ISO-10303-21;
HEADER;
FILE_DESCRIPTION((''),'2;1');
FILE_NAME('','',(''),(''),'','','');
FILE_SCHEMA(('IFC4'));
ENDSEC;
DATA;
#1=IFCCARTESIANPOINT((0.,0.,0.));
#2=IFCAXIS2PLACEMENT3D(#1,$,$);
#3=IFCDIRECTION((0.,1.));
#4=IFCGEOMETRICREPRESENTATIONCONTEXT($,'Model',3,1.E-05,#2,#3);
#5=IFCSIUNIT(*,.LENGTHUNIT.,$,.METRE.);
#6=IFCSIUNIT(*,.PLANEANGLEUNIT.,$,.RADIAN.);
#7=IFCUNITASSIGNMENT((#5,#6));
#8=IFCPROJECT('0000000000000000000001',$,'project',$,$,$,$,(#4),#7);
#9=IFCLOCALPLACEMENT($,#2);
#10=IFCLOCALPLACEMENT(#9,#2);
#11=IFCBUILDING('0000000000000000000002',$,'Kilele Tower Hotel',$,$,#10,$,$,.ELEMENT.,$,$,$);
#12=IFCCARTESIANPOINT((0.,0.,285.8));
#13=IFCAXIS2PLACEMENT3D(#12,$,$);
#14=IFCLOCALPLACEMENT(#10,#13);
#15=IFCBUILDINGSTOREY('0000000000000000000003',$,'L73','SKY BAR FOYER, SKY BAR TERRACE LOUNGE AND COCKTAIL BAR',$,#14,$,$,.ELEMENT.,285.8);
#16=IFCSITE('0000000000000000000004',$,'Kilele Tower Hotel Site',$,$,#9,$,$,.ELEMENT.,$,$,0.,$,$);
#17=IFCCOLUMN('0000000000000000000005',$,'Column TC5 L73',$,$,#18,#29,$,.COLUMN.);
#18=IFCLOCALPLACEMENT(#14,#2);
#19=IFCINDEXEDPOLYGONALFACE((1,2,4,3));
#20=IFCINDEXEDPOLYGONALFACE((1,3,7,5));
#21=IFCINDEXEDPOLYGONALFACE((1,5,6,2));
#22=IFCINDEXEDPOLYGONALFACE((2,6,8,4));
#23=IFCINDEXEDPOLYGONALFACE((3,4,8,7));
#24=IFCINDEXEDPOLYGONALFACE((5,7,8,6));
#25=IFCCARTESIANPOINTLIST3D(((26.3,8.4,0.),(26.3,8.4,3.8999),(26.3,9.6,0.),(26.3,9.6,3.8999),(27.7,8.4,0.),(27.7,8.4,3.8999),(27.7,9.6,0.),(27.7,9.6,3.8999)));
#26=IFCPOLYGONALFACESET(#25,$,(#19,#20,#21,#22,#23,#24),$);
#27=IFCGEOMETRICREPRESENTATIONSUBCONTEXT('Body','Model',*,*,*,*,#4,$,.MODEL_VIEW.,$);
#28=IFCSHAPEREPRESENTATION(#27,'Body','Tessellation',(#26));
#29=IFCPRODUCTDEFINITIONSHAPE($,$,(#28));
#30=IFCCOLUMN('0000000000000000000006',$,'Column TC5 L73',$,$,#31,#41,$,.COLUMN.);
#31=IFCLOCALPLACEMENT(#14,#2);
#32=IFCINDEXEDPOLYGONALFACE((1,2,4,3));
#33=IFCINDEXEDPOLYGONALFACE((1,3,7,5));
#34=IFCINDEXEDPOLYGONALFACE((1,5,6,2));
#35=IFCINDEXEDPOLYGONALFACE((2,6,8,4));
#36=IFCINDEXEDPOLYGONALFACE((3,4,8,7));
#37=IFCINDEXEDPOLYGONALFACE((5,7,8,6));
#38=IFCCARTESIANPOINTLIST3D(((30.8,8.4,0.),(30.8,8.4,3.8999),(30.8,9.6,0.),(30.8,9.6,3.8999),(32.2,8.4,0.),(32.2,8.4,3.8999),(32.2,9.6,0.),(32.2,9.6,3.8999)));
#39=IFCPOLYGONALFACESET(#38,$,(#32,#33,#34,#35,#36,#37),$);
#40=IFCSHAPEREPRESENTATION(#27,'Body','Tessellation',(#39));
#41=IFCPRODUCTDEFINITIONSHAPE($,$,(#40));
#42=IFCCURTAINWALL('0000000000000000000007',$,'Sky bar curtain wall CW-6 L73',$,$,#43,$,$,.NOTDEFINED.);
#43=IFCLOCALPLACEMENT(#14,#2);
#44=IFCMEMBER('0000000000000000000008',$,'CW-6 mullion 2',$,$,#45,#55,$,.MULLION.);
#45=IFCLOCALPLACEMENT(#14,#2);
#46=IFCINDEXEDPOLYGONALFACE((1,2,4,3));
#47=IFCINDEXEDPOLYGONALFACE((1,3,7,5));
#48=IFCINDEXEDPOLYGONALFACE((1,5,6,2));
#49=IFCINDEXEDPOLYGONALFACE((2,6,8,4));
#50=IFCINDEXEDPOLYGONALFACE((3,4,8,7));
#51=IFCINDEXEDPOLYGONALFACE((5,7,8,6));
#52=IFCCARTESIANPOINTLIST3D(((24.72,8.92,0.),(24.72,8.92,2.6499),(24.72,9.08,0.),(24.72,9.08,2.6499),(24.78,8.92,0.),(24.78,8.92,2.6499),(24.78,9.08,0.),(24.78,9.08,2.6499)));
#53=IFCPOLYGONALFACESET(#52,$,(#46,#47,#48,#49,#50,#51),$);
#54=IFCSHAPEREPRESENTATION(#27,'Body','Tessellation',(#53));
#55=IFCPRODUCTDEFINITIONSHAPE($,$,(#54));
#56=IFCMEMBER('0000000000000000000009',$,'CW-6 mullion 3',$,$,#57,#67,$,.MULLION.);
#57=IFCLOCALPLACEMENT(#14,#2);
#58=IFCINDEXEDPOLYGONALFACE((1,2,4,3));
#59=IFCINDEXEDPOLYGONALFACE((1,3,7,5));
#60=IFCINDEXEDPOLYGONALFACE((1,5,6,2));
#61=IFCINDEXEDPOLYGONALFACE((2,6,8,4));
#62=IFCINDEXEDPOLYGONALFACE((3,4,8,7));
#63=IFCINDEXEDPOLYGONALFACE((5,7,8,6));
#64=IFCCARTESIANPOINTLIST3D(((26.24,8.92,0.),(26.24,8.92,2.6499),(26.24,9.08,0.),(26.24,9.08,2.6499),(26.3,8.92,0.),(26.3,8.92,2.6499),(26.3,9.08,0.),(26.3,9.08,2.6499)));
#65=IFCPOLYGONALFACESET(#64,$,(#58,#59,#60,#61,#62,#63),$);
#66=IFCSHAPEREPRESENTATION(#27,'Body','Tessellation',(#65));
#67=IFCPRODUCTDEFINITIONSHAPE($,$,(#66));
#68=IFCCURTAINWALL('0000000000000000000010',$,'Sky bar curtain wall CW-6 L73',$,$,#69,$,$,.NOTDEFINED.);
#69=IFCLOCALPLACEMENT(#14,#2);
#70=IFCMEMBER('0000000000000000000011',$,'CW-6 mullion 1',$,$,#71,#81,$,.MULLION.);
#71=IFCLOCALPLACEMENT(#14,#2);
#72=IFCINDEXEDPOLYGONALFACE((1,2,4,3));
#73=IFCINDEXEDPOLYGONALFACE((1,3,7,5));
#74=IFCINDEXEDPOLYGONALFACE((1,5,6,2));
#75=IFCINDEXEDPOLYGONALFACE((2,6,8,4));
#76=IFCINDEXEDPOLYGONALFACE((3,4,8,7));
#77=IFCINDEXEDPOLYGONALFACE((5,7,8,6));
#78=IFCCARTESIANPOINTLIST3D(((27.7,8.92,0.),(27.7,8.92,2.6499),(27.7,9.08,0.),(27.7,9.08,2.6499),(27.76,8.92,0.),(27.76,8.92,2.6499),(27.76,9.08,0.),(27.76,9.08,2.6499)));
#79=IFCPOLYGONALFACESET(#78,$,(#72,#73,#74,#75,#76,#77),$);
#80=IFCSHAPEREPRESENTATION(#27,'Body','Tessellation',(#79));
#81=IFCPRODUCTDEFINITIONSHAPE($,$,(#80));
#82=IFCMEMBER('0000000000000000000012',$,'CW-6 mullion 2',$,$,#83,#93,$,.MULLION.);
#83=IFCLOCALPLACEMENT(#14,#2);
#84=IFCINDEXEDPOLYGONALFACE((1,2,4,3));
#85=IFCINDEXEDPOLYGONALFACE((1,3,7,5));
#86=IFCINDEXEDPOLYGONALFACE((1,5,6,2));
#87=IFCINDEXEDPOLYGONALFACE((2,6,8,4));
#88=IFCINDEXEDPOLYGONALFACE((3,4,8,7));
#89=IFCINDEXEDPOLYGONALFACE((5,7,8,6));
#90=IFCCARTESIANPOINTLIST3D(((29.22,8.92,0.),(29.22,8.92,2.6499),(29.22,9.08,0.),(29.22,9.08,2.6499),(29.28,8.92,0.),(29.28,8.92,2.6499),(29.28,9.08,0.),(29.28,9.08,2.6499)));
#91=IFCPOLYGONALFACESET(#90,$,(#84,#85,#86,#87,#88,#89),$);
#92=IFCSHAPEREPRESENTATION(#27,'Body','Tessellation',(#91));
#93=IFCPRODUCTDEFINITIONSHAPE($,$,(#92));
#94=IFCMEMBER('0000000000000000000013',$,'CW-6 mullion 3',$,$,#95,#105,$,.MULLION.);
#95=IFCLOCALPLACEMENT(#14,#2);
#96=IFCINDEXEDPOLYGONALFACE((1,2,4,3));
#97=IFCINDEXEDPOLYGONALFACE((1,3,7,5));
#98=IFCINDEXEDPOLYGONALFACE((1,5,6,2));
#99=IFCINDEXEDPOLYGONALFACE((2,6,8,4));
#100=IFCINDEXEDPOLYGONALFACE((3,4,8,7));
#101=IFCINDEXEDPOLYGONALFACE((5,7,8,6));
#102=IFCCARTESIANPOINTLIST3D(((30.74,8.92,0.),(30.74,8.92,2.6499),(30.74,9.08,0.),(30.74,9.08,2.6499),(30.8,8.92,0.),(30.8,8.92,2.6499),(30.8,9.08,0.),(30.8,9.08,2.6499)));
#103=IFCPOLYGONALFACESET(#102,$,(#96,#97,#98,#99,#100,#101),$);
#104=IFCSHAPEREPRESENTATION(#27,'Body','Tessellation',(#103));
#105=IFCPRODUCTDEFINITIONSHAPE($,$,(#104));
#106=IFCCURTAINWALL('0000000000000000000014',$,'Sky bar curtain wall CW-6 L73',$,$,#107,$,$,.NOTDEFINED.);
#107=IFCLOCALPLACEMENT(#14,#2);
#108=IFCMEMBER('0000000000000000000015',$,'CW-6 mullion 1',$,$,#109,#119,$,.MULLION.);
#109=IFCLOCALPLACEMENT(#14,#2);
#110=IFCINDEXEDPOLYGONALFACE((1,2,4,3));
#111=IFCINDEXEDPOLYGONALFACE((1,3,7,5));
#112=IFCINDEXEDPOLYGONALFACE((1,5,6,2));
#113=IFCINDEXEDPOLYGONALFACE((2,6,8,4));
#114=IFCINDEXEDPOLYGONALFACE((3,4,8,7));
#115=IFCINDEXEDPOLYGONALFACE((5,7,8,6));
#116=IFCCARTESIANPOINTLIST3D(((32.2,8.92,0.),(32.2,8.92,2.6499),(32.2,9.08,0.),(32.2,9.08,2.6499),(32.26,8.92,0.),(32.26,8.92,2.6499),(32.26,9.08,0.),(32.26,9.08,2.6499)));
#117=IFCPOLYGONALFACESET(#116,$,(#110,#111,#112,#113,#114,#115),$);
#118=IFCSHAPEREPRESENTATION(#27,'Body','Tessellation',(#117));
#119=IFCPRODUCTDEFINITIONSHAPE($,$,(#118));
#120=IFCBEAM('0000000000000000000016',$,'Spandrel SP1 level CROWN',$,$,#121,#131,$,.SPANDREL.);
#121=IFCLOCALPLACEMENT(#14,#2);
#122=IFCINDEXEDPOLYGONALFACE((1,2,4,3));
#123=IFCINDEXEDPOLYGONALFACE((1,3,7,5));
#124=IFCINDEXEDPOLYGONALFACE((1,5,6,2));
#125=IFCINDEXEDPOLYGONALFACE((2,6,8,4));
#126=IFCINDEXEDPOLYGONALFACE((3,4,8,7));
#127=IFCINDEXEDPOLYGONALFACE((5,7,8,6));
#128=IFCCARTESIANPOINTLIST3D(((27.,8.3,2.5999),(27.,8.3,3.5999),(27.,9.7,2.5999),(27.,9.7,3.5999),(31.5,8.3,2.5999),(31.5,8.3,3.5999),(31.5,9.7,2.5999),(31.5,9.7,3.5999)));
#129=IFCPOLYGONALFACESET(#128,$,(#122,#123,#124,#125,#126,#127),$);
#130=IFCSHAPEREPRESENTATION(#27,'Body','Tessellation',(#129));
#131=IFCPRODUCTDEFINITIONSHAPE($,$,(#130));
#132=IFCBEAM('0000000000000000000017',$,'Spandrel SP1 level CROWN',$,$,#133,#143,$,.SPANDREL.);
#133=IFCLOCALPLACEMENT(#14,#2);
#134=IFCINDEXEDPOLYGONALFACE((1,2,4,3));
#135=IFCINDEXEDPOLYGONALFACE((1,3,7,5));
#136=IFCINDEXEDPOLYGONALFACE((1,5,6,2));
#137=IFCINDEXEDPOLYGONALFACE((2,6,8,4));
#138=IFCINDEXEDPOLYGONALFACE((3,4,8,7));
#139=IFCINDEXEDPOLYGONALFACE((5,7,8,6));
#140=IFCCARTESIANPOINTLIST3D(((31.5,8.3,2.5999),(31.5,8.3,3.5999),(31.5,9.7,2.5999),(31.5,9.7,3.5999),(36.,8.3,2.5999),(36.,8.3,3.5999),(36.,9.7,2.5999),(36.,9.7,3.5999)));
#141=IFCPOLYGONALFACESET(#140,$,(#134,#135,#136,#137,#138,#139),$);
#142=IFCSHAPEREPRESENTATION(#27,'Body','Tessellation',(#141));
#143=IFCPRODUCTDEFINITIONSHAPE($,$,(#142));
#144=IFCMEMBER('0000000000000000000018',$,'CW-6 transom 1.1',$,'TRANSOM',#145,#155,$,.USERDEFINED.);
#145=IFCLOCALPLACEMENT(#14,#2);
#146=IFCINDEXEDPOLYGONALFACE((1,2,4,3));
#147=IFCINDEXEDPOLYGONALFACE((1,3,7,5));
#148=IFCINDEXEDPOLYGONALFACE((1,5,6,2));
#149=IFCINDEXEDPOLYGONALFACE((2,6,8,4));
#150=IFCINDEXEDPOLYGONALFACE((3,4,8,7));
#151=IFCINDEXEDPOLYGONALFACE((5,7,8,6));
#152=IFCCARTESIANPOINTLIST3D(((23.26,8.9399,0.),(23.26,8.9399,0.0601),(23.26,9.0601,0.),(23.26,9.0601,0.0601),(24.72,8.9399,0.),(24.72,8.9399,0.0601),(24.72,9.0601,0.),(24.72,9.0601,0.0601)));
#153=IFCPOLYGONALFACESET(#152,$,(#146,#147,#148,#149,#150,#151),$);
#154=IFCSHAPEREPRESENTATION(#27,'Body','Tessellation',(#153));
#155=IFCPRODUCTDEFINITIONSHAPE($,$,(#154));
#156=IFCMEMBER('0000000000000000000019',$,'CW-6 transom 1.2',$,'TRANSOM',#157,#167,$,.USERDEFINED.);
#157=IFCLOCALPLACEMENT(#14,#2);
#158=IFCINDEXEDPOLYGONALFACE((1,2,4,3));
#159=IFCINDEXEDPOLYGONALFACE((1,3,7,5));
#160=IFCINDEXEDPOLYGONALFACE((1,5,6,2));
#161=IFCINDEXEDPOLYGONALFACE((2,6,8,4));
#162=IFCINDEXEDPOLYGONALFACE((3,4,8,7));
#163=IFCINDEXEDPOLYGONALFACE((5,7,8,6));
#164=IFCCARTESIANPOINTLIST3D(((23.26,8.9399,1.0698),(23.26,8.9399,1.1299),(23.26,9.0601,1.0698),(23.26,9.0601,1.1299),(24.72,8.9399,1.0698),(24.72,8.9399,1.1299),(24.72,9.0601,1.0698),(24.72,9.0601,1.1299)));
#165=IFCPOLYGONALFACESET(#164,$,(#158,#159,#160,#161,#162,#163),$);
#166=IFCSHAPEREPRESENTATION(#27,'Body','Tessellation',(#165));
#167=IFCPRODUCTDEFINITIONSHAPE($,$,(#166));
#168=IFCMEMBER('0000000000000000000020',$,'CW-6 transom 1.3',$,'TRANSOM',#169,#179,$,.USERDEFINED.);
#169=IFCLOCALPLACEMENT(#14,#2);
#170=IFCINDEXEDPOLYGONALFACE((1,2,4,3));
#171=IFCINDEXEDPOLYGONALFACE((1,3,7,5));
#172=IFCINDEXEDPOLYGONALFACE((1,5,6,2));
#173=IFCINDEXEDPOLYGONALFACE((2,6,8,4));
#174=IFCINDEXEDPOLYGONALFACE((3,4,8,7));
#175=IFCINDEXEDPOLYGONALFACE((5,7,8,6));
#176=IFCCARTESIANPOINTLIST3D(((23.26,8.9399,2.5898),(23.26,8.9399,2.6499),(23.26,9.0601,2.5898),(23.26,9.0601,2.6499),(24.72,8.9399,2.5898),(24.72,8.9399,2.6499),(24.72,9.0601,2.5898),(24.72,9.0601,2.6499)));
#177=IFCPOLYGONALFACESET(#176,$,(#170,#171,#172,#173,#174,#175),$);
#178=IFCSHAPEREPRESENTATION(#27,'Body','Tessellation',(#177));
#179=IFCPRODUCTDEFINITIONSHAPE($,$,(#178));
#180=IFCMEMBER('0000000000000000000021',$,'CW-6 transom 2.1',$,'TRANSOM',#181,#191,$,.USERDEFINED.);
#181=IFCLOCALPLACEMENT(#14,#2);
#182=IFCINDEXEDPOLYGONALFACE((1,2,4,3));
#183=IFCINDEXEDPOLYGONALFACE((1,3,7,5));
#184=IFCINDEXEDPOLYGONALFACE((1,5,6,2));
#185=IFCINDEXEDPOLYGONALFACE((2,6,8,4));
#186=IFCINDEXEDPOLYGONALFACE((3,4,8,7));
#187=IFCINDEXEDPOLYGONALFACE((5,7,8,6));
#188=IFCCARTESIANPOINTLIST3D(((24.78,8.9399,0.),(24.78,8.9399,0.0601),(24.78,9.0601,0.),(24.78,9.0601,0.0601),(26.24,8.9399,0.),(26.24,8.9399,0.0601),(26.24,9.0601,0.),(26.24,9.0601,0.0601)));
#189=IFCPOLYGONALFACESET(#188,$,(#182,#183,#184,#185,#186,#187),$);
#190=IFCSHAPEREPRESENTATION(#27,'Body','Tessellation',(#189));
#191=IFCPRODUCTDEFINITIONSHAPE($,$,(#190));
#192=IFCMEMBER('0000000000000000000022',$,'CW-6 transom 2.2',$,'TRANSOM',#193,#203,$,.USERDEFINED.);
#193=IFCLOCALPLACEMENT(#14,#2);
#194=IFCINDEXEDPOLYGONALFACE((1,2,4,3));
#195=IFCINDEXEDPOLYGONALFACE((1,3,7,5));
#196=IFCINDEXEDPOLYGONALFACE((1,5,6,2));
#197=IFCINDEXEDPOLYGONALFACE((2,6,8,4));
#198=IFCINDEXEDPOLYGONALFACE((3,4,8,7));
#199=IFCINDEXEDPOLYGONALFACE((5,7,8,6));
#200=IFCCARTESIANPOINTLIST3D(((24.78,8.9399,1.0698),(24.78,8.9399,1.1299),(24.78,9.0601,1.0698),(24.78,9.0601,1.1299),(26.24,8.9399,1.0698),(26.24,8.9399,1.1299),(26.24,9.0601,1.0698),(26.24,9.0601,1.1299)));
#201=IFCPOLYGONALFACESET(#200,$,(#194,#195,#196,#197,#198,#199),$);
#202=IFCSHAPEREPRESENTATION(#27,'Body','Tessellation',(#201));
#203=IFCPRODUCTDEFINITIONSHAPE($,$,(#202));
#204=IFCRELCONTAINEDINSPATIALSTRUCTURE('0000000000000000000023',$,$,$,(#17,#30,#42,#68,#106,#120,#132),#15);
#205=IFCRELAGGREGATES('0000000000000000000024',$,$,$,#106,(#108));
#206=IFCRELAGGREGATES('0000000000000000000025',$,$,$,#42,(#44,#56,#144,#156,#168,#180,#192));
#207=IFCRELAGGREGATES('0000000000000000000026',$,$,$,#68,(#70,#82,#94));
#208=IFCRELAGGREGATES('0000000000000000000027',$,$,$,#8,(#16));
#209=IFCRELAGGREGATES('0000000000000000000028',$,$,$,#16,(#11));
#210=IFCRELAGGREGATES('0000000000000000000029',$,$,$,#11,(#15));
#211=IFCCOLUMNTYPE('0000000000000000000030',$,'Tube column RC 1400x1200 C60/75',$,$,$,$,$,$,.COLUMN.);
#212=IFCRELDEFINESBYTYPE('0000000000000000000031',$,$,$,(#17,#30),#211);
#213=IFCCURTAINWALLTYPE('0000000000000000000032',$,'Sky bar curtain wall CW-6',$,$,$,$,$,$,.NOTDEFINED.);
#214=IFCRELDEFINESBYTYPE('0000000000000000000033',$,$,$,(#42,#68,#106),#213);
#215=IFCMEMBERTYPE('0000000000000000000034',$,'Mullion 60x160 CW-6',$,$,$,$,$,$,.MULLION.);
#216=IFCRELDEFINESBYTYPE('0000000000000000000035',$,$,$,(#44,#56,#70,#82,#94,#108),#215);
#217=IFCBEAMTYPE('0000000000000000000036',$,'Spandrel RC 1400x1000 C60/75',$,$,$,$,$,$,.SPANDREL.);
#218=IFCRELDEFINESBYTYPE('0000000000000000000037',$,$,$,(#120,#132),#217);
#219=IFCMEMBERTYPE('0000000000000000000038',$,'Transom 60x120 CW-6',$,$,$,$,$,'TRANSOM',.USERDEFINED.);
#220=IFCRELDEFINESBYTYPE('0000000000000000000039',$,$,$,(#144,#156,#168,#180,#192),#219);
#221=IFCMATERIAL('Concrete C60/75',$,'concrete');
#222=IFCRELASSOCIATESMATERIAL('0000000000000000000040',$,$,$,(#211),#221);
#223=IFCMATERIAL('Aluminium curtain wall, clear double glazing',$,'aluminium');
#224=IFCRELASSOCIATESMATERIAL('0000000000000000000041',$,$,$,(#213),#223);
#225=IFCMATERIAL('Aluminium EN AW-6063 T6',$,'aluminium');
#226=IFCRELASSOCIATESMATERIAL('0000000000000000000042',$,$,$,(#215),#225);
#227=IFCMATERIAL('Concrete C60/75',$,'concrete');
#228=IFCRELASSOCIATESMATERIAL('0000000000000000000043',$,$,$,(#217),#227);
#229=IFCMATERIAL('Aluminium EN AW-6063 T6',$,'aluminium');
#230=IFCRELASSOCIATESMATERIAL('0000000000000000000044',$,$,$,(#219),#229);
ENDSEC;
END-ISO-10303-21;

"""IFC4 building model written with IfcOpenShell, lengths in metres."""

from ifc_helpers import new_model, si_unit, direction, frame, origin, origin_2d, place, context, subcontext, project, spatial, rectangle, extrude, material, material_profile, profile_set, type_object, element, aggregate, save


model = new_model("IFC4")

# Units and contexts
model_context = context("Model", 3, precision=1e-05, world=origin(), true_north=direction((0.0, 1.0)))
body_context = subcontext(model_context, "Body", "Model", "MODEL_VIEW")
ifc_project = project(units=[si_unit("LENGTHUNIT", "METRE"), si_unit("PLANEANGLEUNIT", "RADIAN")], contexts=[model_context])

# Site, building, storey
site_placement = place(None, origin())
site = spatial("IfcSite", under=ifc_project, at=site_placement, Name="Kilele Tower Hotel Site", CompositionType="ELEMENT", RefElevation=0.0)
building_placement = place(site_placement, origin())
building = spatial("IfcBuilding", under=site, at=building_placement, Name="Kilele Tower Hotel", CompositionType="ELEMENT")
storey_placement = place(building_placement, frame((0.0, 0.0, 285.8)))
storey = spatial("IfcBuildingStorey", under=building, at=storey_placement, Name="L73", Description="SKY BAR FOYER, SKY BAR TERRACE LOUNGE AND COCKTAIL BAR", CompositionType="ELEMENT", Elevation=285.8)

# Columns
ifc_material_1 = material(Name="Concrete C60/75", Category="concrete")
ifc_material_profile_1 = material_profile(ifc_material_1, rectangle(XDim=1.3999, YDim=1.2, at=origin_2d()))
ifc_profile_set_1 = profile_set([ifc_material_profile_1], Name="Concrete C60/75")
column_type = type_object("IfcColumnType", Name="Tube column RC 1400x1200 C60/75", PredefinedType="COLUMN", material=ifc_profile_set_1)
for number, where, z_axis, x_axis, name in (
    (1, (27.0, 9.0, 0.0), (0.0, 0.0, 1.0), (1.0, 0.0, 0.0), "Column TC5 L73"),
    (2, (31.5, 9.0, 0.0), (0.0, 0.0, 1.0), (1.0, 0.0, 0.0), "Column TC5 L73"),
):
    element("IfcColumn", number, at=place(storey_placement, frame(where, z_axis=z_axis, x_axis=x_axis)), inside=storey, type_object=column_type, Name=name, PredefinedType="COLUMN", context=body_context, shape_type="SweptSolid", body=[
        extrude(rectangle(XDim=1.3999, YDim=1.2, at=origin_2d()), origin(), (0.0, 0.0, 1.0), 3.8999),
    ])

# Curtain walls, members
ifc_material_2 = material(Name="Aluminium curtain wall, clear double glazing", Category="aluminium")
curtain_wall_type = type_object("IfcCurtainWallType", Name="Sky bar curtain wall CW-6", PredefinedType="NOTDEFINED", material=ifc_material_2)
curtain_wall_1_placement = place(storey_placement, origin())
curtain_wall_1 = element("IfcCurtainWall", 3, at=curtain_wall_1_placement, inside=storey, type_object=curtain_wall_type, Name="Sky bar curtain wall CW-6 L73", PredefinedType="NOTDEFINED")
ifc_material_3 = material(Name="Aluminium EN AW-6063 T6", Category="aluminium")
ifc_material_profile_2 = material_profile(ifc_material_3, rectangle(XDim=0.1599, YDim=0.0601, at=origin_2d()))
ifc_profile_set_2 = profile_set([ifc_material_profile_2], Name="Aluminium EN AW-6063 T6")
member_type_1 = type_object("IfcMemberType", Name="Mullion 60x160 CW-6", PredefinedType="MULLION", material=ifc_profile_set_2)
member_1_placement = place(storey_placement, frame((24.75, 9.0, 0.0), z_axis=(0.0, 0.0, 1.0), x_axis=(0.0, 1.0, 0.0)))
member_1 = element("IfcMember", 4, at=member_1_placement, type_object=member_type_1, Name="CW-6 mullion 2", PredefinedType="MULLION", context=body_context, shape_type="SweptSolid", body=[
    extrude(rectangle(XDim=0.1599, YDim=0.0601, at=origin_2d()), origin(), (0.0, 0.0, 1.0), 2.6499),
])
member_2_placement = place(storey_placement, frame((26.27, 9.0, 0.0), z_axis=(0.0, 0.0, 1.0), x_axis=(0.0, 1.0, 0.0)))
member_2 = element("IfcMember", 5, at=member_2_placement, type_object=member_type_1, Name="CW-6 mullion 3", PredefinedType="MULLION", context=body_context, shape_type="SweptSolid", body=[
    extrude(rectangle(XDim=0.1599, YDim=0.0601, at=origin_2d()), origin(), (0.0, 0.0, 1.0), 2.6499),
])
curtain_wall_2_placement = place(storey_placement, origin())
curtain_wall_2 = element("IfcCurtainWall", 6, at=curtain_wall_2_placement, inside=storey, type_object=curtain_wall_type, Name="Sky bar curtain wall CW-6 L73", PredefinedType="NOTDEFINED")
member_3_placement = place(storey_placement, frame((27.73, 9.0, 0.0), z_axis=(0.0, 0.0, 1.0), x_axis=(0.0, 1.0, 0.0)))
member_3 = element("IfcMember", 7, at=member_3_placement, type_object=member_type_1, Name="CW-6 mullion 1", PredefinedType="MULLION", context=body_context, shape_type="SweptSolid", body=[
    extrude(rectangle(XDim=0.1599, YDim=0.0601, at=origin_2d()), origin(), (0.0, 0.0, 1.0), 2.6499),
])
member_4_placement = place(storey_placement, frame((29.25, 9.0, 0.0), z_axis=(0.0, 0.0, 1.0), x_axis=(0.0, 1.0, 0.0)))
member_4 = element("IfcMember", 8, at=member_4_placement, type_object=member_type_1, Name="CW-6 mullion 2", PredefinedType="MULLION", context=body_context, shape_type="SweptSolid", body=[
    extrude(rectangle(XDim=0.1599, YDim=0.0601, at=origin_2d()), origin(), (0.0, 0.0, 1.0), 2.6499),
])
member_5_placement = place(storey_placement, frame((30.77, 9.0, 0.0), z_axis=(0.0, 0.0, 1.0), x_axis=(0.0, 1.0, 0.0)))
member_5 = element("IfcMember", 9, at=member_5_placement, type_object=member_type_1, Name="CW-6 mullion 3", PredefinedType="MULLION", context=body_context, shape_type="SweptSolid", body=[
    extrude(rectangle(XDim=0.1599, YDim=0.0601, at=origin_2d()), origin(), (0.0, 0.0, 1.0), 2.6499),
])

# Curtain wall, member
curtain_wall_3_placement = place(storey_placement, origin())
curtain_wall_3 = element("IfcCurtainWall", 10, at=curtain_wall_3_placement, inside=storey, type_object=curtain_wall_type, Name="Sky bar curtain wall CW-6 L73", PredefinedType="NOTDEFINED")
member_6_placement = place(storey_placement, frame((32.23, 9.0, 0.0), z_axis=(0.0, 0.0, 1.0), x_axis=(0.0, 1.0, 0.0)))
member_6 = element("IfcMember", 11, at=member_6_placement, type_object=member_type_1, Name="CW-6 mullion 1", PredefinedType="MULLION", context=body_context, shape_type="SweptSolid", body=[
    extrude(rectangle(XDim=0.1599, YDim=0.0601, at=origin_2d()), origin(), (0.0, 0.0, 1.0), 2.6499),
])
aggregate(curtain_wall_3, [member_6])

# Beams
ifc_material_4 = material(Name="Concrete C60/75", Category="concrete")
ifc_material_profile_3 = material_profile(ifc_material_4, rectangle(XDim=1.3999, YDim=1.0, at=origin_2d()))
ifc_profile_set_3 = profile_set([ifc_material_profile_3], Name="Concrete C60/75")
beam_type = type_object("IfcBeamType", Name="Spandrel RC 1400x1000 C60/75", PredefinedType="SPANDREL", material=ifc_profile_set_3)
for number, where, z_axis, x_axis, name in (
    (12, (27.0, 9.0, 3.0999), (1.0, 0.0, 0.0), (0.0, 1.0, 0.0), "Spandrel SP1 level CROWN"),
    (13, (31.5, 9.0, 3.0999), (1.0, 0.0, 0.0), (0.0, 1.0, 0.0), "Spandrel SP1 level CROWN"),
):
    element("IfcBeam", number, at=place(storey_placement, frame(where, z_axis=z_axis, x_axis=x_axis)), inside=storey, type_object=beam_type, Name=name, PredefinedType="SPANDREL", context=body_context, shape_type="SweptSolid", body=[
        extrude(rectangle(XDim=1.3999, YDim=1.0, at=origin_2d()), origin(), (0.0, 0.0, 1.0), 4.5),
    ])

# Members
ifc_material_5 = material(Name="Aluminium EN AW-6063 T6", Category="aluminium")
ifc_material_profile_4 = material_profile(ifc_material_5, rectangle(XDim=0.1201, YDim=0.0601, at=origin_2d()))
ifc_profile_set_4 = profile_set([ifc_material_profile_4], Name="Aluminium EN AW-6063 T6")
member_type_2 = type_object("IfcMemberType", Name="Transom 60x120 CW-6", ElementType="TRANSOM", PredefinedType="USERDEFINED", material=ifc_profile_set_4)
member_7_placement = place(storey_placement, frame((23.26, 9.0, 0.03), z_axis=(1.0, 0.0, 0.0), x_axis=(0.0, 1.0, 0.0)))
member_7 = element("IfcMember", 14, at=member_7_placement, type_object=member_type_2, Name="CW-6 transom 1.1", ObjectType="TRANSOM", PredefinedType="USERDEFINED", context=body_context, shape_type="SweptSolid", body=[
    extrude(rectangle(XDim=0.1201, YDim=0.0601, at=origin_2d()), origin(), (0.0, 0.0, 1.0), 1.46),
])
member_8_placement = place(storey_placement, frame((23.26, 9.0, 1.0999), z_axis=(1.0, 0.0, 0.0), x_axis=(0.0, 1.0, 0.0)))
member_8 = element("IfcMember", 15, at=member_8_placement, type_object=member_type_2, Name="CW-6 transom 1.2", ObjectType="TRANSOM", PredefinedType="USERDEFINED", context=body_context, shape_type="SweptSolid", body=[
    extrude(rectangle(XDim=0.1201, YDim=0.0601, at=origin_2d()), origin(), (0.0, 0.0, 1.0), 1.46),
])
member_9_placement = place(storey_placement, frame((23.26, 9.0, 2.6199), z_axis=(1.0, 0.0, 0.0), x_axis=(0.0, 1.0, 0.0)))
member_9 = element("IfcMember", 16, at=member_9_placement, type_object=member_type_2, Name="CW-6 transom 1.3", ObjectType="TRANSOM", PredefinedType="USERDEFINED", context=body_context, shape_type="SweptSolid", body=[
    extrude(rectangle(XDim=0.1201, YDim=0.0601, at=origin_2d()), origin(), (0.0, 0.0, 1.0), 1.46),
])
member_10_placement = place(storey_placement, frame((24.78, 9.0, 0.03), z_axis=(1.0, 0.0, 0.0), x_axis=(0.0, 1.0, 0.0)))
member_10 = element("IfcMember", 17, at=member_10_placement, type_object=member_type_2, Name="CW-6 transom 2.1", ObjectType="TRANSOM", PredefinedType="USERDEFINED", context=body_context, shape_type="SweptSolid", body=[
    extrude(rectangle(XDim=0.1201, YDim=0.0601, at=origin_2d()), origin(), (0.0, 0.0, 1.0), 1.46),
])
member_11_placement = place(storey_placement, frame((24.78, 9.0, 1.0999), z_axis=(1.0, 0.0, 0.0), x_axis=(0.0, 1.0, 0.0)))
member_11 = element("IfcMember", 18, at=member_11_placement, type_object=member_type_2, Name="CW-6 transom 2.2", ObjectType="TRANSOM", PredefinedType="USERDEFINED", context=body_context, shape_type="SweptSolid", body=[
    extrude(rectangle(XDim=0.1201, YDim=0.0601, at=origin_2d()), origin(), (0.0, 0.0, 1.0), 1.46),
])

aggregate(curtain_wall_1, [member_1, member_2, member_7, member_8, member_9, member_10, member_11])
aggregate(curtain_wall_2, [member_3, member_4, member_5])

save(model, "model.ifc")
